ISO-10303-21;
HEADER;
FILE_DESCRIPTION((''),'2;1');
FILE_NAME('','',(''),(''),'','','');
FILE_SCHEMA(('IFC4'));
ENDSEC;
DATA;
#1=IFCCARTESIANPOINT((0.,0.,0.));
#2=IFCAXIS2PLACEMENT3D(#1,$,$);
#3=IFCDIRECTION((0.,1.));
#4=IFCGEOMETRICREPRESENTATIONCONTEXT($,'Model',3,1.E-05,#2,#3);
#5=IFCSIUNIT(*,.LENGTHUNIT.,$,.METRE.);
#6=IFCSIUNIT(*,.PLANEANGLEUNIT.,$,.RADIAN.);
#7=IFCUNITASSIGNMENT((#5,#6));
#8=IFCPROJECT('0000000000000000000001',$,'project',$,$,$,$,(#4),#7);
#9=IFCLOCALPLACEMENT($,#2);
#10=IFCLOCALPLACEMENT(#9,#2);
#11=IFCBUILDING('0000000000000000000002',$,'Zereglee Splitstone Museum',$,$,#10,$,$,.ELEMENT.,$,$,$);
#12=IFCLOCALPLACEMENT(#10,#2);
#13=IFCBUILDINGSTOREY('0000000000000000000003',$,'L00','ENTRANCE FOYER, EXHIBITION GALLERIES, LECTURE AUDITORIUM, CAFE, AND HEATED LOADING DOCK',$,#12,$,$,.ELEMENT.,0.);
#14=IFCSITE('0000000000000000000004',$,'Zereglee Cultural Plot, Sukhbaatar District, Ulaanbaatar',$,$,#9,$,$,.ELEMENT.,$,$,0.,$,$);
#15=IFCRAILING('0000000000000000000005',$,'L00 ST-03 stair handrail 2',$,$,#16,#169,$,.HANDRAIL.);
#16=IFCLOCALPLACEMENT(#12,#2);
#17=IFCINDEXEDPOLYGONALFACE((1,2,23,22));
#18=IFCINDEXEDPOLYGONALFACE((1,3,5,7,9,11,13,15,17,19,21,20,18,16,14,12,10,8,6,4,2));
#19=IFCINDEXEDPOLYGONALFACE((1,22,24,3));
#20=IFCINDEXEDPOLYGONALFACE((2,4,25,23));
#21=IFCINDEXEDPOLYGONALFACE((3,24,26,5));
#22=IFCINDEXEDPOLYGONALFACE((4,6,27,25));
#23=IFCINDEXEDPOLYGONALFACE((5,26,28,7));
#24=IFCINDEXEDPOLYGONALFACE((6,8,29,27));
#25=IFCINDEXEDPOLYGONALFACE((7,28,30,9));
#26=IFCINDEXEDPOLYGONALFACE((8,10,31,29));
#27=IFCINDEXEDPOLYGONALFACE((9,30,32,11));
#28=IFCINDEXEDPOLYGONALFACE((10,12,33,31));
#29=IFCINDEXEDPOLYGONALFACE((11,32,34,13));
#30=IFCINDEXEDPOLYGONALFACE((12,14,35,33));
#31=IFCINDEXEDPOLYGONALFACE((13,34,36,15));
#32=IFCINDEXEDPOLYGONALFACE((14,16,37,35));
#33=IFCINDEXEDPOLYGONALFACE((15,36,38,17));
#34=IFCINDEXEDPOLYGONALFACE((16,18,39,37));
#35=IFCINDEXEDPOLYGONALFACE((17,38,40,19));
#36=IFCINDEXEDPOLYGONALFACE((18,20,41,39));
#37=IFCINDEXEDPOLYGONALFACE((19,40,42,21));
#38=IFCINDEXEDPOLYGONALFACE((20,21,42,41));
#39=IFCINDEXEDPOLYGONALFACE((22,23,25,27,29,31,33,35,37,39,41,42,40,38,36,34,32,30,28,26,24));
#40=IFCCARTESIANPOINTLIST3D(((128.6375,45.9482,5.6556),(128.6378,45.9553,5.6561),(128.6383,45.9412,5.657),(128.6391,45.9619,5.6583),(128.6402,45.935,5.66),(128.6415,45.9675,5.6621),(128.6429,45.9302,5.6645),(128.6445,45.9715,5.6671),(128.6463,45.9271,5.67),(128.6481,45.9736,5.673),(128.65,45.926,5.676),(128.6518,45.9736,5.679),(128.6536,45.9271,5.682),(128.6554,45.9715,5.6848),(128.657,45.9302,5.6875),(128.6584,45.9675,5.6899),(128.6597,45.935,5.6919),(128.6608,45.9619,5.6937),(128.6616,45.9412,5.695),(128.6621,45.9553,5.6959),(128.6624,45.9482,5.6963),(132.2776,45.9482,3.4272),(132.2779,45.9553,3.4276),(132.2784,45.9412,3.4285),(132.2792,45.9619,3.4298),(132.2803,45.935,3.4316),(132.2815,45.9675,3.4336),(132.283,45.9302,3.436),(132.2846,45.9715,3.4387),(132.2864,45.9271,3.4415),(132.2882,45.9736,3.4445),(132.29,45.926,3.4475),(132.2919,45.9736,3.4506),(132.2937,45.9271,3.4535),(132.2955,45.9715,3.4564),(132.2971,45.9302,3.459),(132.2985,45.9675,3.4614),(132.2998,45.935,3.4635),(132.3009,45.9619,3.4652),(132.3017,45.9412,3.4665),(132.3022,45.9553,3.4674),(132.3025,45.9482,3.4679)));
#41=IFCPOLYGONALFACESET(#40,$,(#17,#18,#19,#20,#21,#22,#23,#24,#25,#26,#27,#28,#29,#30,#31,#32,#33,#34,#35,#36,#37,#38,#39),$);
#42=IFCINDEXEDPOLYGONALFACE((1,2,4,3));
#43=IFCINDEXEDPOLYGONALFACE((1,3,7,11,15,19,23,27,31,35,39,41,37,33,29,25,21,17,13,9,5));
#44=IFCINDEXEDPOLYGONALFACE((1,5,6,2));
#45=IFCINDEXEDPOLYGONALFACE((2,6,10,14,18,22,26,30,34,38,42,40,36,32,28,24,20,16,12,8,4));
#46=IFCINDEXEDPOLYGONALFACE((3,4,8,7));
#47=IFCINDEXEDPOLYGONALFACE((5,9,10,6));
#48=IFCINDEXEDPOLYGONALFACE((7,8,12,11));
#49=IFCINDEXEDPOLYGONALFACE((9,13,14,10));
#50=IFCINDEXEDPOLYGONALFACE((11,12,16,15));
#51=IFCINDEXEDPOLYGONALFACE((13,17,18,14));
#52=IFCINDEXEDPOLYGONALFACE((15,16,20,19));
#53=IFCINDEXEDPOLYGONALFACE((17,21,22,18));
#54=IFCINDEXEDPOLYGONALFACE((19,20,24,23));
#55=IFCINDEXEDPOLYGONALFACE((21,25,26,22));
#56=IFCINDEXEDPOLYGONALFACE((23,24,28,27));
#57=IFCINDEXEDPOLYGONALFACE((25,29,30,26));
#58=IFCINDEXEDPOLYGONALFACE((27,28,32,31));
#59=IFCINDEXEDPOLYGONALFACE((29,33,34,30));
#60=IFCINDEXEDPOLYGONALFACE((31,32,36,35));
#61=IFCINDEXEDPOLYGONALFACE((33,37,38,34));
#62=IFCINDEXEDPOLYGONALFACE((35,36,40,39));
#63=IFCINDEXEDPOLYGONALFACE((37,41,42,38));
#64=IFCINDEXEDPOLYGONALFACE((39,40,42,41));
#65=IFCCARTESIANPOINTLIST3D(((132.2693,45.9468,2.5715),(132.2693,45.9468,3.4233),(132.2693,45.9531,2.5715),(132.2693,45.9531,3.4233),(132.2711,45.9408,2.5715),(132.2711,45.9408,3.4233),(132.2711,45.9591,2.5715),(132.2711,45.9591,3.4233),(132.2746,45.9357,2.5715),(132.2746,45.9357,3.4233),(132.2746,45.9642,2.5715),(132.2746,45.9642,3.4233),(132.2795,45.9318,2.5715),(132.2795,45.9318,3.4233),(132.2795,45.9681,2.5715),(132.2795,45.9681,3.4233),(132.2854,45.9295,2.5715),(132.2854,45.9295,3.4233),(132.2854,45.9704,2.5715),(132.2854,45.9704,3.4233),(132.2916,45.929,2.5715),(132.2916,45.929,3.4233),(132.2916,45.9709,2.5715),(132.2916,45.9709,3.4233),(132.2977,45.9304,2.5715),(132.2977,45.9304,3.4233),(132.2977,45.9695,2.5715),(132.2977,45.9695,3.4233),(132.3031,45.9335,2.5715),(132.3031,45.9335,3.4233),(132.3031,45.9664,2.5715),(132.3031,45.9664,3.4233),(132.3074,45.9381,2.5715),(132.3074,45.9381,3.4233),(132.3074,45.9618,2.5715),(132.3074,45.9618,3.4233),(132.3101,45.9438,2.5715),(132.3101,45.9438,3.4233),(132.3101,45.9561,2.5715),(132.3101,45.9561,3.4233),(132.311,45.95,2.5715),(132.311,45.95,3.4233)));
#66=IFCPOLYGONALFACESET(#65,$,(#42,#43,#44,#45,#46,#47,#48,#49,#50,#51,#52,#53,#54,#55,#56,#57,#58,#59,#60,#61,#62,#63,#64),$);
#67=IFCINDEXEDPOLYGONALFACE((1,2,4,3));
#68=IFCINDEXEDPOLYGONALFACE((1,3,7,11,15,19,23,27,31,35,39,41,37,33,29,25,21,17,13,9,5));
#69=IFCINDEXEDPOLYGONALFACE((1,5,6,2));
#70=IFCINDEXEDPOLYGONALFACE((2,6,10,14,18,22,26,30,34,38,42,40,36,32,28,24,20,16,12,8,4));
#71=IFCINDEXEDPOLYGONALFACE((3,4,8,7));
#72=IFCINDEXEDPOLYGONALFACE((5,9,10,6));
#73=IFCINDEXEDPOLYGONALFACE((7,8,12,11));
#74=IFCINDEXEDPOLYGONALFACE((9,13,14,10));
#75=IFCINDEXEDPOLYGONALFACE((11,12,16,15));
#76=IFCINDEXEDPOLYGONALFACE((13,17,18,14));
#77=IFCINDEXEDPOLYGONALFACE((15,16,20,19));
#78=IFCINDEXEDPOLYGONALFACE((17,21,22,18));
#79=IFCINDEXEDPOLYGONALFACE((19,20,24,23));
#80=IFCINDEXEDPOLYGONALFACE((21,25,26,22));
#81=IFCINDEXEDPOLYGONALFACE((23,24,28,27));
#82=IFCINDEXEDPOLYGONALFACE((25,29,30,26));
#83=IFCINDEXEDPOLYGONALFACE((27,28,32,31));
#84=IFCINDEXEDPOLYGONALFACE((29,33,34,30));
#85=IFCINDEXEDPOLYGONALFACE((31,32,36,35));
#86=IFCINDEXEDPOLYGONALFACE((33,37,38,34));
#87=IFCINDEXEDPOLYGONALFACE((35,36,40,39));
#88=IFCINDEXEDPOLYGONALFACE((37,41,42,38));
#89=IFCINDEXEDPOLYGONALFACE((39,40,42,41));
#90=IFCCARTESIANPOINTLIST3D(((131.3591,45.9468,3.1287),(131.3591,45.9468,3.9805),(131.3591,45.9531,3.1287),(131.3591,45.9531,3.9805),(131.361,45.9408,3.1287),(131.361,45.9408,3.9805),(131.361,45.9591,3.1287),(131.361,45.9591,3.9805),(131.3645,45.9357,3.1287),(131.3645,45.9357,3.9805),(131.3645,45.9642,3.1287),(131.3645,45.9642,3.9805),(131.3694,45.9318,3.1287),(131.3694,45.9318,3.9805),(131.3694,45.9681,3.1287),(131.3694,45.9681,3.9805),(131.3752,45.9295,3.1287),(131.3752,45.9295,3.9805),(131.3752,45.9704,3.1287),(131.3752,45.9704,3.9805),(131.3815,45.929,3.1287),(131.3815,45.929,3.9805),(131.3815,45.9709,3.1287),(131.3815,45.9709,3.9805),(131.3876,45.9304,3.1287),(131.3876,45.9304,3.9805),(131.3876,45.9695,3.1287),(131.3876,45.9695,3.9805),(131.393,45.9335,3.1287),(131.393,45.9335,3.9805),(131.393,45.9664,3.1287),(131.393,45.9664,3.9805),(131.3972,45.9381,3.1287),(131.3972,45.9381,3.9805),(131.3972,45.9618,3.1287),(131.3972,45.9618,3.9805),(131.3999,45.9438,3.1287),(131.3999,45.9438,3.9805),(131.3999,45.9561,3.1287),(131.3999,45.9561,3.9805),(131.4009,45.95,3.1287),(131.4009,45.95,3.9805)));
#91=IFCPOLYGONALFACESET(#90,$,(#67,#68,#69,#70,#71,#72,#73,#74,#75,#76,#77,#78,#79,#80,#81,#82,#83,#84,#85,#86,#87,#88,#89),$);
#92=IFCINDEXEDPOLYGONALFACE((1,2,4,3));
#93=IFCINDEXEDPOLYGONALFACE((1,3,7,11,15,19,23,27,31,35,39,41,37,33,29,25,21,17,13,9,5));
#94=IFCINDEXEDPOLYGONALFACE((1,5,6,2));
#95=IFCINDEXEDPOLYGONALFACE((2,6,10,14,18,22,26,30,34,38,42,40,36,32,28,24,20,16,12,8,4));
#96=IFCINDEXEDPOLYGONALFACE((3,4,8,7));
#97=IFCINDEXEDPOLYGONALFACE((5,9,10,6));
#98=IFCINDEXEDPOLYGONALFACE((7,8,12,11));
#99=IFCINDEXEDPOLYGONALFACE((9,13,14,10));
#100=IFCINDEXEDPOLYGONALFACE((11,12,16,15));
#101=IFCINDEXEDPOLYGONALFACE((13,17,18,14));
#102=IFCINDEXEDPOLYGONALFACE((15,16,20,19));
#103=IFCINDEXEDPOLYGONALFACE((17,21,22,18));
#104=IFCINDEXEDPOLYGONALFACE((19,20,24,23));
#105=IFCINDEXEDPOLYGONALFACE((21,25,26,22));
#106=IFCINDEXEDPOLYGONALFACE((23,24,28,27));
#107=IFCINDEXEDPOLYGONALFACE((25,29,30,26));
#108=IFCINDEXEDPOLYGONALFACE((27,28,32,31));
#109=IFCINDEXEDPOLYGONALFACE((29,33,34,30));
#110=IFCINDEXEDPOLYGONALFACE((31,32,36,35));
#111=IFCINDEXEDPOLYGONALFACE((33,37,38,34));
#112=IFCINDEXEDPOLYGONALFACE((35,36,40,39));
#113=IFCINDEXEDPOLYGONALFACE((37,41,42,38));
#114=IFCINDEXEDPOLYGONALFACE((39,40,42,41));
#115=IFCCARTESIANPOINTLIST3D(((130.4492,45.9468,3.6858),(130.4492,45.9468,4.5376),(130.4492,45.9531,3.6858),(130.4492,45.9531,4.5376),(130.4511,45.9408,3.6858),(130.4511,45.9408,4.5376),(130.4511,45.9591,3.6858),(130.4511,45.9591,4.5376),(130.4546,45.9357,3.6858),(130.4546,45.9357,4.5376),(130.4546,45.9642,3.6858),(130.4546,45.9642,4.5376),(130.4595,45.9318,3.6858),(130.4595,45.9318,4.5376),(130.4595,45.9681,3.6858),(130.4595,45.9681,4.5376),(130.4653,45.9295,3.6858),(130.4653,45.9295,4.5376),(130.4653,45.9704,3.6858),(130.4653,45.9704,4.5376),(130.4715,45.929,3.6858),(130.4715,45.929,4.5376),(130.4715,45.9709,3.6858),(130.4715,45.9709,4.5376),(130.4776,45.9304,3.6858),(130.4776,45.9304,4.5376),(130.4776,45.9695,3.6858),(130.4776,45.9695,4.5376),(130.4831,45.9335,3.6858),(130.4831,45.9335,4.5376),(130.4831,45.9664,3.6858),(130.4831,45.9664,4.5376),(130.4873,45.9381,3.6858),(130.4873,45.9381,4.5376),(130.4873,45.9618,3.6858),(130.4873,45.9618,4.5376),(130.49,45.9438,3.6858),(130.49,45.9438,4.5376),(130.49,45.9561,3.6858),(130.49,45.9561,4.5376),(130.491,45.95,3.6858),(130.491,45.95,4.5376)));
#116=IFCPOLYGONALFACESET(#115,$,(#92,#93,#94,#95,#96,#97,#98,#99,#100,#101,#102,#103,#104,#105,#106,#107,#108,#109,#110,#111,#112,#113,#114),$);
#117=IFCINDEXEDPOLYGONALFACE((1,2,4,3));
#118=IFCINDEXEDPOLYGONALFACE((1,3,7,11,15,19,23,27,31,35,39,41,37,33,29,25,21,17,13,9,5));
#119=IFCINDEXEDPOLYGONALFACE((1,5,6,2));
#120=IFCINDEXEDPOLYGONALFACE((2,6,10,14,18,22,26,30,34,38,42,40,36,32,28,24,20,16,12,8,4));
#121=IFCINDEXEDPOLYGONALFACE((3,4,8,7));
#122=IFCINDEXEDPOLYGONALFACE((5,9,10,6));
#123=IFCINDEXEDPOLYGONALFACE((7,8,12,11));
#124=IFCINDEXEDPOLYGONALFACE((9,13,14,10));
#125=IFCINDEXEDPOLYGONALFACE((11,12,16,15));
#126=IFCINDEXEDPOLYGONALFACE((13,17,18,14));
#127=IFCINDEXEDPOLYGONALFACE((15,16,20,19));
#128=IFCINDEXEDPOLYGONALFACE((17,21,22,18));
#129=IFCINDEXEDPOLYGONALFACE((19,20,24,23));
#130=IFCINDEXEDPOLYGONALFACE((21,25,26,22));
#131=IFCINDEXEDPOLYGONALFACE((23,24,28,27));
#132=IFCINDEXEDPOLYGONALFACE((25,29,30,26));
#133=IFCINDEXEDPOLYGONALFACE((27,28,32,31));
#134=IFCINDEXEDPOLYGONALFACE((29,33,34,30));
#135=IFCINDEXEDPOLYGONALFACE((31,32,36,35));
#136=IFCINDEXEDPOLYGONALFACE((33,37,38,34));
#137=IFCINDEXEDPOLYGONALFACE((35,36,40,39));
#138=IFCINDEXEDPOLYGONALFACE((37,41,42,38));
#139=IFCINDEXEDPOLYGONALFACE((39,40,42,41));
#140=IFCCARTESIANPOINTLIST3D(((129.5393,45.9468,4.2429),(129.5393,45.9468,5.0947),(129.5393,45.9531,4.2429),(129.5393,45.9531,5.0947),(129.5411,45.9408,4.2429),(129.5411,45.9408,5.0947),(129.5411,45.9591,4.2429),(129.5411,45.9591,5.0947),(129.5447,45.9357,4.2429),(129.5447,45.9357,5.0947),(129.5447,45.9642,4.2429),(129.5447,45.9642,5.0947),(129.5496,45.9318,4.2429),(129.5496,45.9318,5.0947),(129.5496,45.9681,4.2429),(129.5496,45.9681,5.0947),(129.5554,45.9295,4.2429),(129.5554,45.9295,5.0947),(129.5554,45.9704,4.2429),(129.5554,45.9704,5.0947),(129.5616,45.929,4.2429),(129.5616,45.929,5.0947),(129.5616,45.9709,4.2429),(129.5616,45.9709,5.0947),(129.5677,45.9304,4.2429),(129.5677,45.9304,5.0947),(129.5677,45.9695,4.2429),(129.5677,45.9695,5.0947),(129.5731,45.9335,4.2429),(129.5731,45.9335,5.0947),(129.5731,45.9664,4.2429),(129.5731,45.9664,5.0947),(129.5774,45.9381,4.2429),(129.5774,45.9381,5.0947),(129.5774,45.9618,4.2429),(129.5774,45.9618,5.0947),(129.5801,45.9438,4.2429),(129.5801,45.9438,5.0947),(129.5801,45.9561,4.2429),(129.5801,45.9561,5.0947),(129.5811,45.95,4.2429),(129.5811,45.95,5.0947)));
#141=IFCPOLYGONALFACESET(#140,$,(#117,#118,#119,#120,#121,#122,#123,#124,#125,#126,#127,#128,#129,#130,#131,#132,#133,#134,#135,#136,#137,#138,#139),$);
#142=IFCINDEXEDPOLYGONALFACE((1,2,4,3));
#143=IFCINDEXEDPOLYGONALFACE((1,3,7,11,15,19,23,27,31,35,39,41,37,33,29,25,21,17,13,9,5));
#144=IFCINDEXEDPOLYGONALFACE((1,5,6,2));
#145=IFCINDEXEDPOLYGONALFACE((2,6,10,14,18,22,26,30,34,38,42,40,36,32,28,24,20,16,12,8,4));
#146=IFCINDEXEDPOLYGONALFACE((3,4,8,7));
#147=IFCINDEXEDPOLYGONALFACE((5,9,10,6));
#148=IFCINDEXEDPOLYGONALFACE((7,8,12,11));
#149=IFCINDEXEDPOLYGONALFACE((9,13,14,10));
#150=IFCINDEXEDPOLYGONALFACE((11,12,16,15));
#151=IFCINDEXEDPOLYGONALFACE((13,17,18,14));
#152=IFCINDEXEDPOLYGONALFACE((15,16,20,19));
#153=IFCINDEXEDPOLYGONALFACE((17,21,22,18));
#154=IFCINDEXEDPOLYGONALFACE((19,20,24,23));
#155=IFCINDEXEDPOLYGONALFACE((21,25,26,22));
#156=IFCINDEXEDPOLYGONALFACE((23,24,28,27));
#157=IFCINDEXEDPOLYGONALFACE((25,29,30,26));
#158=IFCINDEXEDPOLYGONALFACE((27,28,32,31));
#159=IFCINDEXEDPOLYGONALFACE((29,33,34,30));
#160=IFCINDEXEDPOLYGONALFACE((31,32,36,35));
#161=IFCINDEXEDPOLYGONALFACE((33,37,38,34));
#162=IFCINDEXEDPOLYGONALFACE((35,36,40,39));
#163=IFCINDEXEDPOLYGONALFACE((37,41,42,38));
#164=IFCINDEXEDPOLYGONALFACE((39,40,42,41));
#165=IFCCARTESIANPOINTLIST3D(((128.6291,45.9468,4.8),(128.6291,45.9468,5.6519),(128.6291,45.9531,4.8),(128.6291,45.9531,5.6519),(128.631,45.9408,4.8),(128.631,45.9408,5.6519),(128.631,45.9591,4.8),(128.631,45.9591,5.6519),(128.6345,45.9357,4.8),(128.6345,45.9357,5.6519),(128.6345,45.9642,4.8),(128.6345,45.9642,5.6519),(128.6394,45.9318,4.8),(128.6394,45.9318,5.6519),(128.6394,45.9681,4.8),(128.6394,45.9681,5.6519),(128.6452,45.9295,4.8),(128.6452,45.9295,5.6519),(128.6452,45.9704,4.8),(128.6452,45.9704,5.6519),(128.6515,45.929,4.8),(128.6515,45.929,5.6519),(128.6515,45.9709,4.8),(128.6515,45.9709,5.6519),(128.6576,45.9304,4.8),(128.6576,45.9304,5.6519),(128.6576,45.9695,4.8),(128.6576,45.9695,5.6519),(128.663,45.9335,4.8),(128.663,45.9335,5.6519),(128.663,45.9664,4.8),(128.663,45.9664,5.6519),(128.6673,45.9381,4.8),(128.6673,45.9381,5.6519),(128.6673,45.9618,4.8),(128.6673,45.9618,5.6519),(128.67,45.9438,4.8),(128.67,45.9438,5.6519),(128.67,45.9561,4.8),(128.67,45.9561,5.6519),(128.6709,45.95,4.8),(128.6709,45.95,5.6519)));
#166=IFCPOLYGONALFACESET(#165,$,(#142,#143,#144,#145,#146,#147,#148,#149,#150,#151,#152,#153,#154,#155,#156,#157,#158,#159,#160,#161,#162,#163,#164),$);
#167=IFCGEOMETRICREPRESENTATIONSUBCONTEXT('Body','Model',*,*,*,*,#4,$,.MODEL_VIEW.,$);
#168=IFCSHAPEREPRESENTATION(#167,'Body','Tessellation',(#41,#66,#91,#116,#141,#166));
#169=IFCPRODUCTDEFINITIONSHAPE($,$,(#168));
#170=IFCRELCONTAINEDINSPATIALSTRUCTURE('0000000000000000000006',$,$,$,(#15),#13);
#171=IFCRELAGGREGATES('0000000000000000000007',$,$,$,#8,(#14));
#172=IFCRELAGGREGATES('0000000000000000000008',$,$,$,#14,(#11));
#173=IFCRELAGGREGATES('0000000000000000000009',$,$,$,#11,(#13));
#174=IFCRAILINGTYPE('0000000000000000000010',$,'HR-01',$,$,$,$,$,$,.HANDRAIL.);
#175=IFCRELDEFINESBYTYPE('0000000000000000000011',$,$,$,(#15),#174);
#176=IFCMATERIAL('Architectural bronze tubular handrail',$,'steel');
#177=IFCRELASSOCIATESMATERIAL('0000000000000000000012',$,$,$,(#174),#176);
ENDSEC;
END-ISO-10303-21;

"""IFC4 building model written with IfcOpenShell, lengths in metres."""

from ifc_helpers import new_model, si_unit, direction, frame, origin, origin_2d, place, context, subcontext, project, spatial, circle, extrude, material, type_object, element, save


model = new_model("IFC4")

# Units and contexts
model_context = context("Model", 3, precision=1e-05, world=origin(), true_north=direction((0.0, 1.0)))
body_context = subcontext(model_context, "Body", "Model", "MODEL_VIEW")
ifc_project = project(units=[si_unit("LENGTHUNIT", "METRE"), si_unit("PLANEANGLEUNIT", "RADIAN")], contexts=[model_context])

# Site, building, storey
site_placement = place(None, origin())
site = spatial("IfcSite", under=ifc_project, at=site_placement, Name="Zereglee Cultural Plot, Sukhbaatar District, Ulaanbaatar", CompositionType="ELEMENT", RefElevation=0.0)
building_placement = place(site_placement, origin())
building = spatial("IfcBuilding", under=site, at=building_placement, Name="Zereglee Splitstone Museum", CompositionType="ELEMENT")
storey_placement = place(building_placement, origin())
storey = spatial("IfcBuildingStorey", under=building, at=storey_placement, Name="L00", Description="ENTRANCE FOYER, EXHIBITION GALLERIES, LECTURE AUDITORIUM, CAFE, AND HEATED LOADING DOCK", CompositionType="ELEMENT", Elevation=0.0)

# Railing
ifc_material_1 = material(Name="Architectural bronze tubular handrail", Category="steel")
railing_type_1 = type_object("IfcRailingType", Name="HR-01", PredefinedType="HANDRAIL", material=ifc_material_1)
railing_1_placement = place(storey_placement, frame((132.29, 45.95, 2.5715)))
element("IfcRailing", 1, at=railing_1_placement, inside=storey, type_object=railing_type_1, Name="L00 ST-03 stair handrail 2", PredefinedType="HANDRAIL", context=body_context, shape_type="SweptSolid", body=[
    extrude(circle(Radius=0.0239, at=origin_2d()), frame((0.0, 0.0, 0.876), z_axis=(-0.852866, 0.0, 0.52213), x_axis=(0.0, -1.0, 0.0)), (0.0, 0.0, 1.0), 4.2681),
    extrude(circle(Radius=0.021, at=origin_2d()), origin(), (0.0, 0.0, 1.0), 0.8518),
    extrude(circle(Radius=0.021, at=origin_2d()), frame((-0.9102, 0.0, 0.5571)), (0.0, 0.0, 1.0), 0.8518),
    extrude(circle(Radius=0.021, at=origin_2d()), frame((-1.8201, 0.0, 1.1143)), (0.0, 0.0, 1.0), 0.8518),
    extrude(circle(Radius=0.021, at=origin_2d()), frame((-2.73, 0.0, 1.6714)), (0.0, 0.0, 1.0), 0.8518),
    extrude(circle(Radius=0.021, at=origin_2d()), frame((-3.6401, 0.0, 2.2285)), (0.0, 0.0, 1.0), 0.8518),
])

save(model, "model.ifc")
